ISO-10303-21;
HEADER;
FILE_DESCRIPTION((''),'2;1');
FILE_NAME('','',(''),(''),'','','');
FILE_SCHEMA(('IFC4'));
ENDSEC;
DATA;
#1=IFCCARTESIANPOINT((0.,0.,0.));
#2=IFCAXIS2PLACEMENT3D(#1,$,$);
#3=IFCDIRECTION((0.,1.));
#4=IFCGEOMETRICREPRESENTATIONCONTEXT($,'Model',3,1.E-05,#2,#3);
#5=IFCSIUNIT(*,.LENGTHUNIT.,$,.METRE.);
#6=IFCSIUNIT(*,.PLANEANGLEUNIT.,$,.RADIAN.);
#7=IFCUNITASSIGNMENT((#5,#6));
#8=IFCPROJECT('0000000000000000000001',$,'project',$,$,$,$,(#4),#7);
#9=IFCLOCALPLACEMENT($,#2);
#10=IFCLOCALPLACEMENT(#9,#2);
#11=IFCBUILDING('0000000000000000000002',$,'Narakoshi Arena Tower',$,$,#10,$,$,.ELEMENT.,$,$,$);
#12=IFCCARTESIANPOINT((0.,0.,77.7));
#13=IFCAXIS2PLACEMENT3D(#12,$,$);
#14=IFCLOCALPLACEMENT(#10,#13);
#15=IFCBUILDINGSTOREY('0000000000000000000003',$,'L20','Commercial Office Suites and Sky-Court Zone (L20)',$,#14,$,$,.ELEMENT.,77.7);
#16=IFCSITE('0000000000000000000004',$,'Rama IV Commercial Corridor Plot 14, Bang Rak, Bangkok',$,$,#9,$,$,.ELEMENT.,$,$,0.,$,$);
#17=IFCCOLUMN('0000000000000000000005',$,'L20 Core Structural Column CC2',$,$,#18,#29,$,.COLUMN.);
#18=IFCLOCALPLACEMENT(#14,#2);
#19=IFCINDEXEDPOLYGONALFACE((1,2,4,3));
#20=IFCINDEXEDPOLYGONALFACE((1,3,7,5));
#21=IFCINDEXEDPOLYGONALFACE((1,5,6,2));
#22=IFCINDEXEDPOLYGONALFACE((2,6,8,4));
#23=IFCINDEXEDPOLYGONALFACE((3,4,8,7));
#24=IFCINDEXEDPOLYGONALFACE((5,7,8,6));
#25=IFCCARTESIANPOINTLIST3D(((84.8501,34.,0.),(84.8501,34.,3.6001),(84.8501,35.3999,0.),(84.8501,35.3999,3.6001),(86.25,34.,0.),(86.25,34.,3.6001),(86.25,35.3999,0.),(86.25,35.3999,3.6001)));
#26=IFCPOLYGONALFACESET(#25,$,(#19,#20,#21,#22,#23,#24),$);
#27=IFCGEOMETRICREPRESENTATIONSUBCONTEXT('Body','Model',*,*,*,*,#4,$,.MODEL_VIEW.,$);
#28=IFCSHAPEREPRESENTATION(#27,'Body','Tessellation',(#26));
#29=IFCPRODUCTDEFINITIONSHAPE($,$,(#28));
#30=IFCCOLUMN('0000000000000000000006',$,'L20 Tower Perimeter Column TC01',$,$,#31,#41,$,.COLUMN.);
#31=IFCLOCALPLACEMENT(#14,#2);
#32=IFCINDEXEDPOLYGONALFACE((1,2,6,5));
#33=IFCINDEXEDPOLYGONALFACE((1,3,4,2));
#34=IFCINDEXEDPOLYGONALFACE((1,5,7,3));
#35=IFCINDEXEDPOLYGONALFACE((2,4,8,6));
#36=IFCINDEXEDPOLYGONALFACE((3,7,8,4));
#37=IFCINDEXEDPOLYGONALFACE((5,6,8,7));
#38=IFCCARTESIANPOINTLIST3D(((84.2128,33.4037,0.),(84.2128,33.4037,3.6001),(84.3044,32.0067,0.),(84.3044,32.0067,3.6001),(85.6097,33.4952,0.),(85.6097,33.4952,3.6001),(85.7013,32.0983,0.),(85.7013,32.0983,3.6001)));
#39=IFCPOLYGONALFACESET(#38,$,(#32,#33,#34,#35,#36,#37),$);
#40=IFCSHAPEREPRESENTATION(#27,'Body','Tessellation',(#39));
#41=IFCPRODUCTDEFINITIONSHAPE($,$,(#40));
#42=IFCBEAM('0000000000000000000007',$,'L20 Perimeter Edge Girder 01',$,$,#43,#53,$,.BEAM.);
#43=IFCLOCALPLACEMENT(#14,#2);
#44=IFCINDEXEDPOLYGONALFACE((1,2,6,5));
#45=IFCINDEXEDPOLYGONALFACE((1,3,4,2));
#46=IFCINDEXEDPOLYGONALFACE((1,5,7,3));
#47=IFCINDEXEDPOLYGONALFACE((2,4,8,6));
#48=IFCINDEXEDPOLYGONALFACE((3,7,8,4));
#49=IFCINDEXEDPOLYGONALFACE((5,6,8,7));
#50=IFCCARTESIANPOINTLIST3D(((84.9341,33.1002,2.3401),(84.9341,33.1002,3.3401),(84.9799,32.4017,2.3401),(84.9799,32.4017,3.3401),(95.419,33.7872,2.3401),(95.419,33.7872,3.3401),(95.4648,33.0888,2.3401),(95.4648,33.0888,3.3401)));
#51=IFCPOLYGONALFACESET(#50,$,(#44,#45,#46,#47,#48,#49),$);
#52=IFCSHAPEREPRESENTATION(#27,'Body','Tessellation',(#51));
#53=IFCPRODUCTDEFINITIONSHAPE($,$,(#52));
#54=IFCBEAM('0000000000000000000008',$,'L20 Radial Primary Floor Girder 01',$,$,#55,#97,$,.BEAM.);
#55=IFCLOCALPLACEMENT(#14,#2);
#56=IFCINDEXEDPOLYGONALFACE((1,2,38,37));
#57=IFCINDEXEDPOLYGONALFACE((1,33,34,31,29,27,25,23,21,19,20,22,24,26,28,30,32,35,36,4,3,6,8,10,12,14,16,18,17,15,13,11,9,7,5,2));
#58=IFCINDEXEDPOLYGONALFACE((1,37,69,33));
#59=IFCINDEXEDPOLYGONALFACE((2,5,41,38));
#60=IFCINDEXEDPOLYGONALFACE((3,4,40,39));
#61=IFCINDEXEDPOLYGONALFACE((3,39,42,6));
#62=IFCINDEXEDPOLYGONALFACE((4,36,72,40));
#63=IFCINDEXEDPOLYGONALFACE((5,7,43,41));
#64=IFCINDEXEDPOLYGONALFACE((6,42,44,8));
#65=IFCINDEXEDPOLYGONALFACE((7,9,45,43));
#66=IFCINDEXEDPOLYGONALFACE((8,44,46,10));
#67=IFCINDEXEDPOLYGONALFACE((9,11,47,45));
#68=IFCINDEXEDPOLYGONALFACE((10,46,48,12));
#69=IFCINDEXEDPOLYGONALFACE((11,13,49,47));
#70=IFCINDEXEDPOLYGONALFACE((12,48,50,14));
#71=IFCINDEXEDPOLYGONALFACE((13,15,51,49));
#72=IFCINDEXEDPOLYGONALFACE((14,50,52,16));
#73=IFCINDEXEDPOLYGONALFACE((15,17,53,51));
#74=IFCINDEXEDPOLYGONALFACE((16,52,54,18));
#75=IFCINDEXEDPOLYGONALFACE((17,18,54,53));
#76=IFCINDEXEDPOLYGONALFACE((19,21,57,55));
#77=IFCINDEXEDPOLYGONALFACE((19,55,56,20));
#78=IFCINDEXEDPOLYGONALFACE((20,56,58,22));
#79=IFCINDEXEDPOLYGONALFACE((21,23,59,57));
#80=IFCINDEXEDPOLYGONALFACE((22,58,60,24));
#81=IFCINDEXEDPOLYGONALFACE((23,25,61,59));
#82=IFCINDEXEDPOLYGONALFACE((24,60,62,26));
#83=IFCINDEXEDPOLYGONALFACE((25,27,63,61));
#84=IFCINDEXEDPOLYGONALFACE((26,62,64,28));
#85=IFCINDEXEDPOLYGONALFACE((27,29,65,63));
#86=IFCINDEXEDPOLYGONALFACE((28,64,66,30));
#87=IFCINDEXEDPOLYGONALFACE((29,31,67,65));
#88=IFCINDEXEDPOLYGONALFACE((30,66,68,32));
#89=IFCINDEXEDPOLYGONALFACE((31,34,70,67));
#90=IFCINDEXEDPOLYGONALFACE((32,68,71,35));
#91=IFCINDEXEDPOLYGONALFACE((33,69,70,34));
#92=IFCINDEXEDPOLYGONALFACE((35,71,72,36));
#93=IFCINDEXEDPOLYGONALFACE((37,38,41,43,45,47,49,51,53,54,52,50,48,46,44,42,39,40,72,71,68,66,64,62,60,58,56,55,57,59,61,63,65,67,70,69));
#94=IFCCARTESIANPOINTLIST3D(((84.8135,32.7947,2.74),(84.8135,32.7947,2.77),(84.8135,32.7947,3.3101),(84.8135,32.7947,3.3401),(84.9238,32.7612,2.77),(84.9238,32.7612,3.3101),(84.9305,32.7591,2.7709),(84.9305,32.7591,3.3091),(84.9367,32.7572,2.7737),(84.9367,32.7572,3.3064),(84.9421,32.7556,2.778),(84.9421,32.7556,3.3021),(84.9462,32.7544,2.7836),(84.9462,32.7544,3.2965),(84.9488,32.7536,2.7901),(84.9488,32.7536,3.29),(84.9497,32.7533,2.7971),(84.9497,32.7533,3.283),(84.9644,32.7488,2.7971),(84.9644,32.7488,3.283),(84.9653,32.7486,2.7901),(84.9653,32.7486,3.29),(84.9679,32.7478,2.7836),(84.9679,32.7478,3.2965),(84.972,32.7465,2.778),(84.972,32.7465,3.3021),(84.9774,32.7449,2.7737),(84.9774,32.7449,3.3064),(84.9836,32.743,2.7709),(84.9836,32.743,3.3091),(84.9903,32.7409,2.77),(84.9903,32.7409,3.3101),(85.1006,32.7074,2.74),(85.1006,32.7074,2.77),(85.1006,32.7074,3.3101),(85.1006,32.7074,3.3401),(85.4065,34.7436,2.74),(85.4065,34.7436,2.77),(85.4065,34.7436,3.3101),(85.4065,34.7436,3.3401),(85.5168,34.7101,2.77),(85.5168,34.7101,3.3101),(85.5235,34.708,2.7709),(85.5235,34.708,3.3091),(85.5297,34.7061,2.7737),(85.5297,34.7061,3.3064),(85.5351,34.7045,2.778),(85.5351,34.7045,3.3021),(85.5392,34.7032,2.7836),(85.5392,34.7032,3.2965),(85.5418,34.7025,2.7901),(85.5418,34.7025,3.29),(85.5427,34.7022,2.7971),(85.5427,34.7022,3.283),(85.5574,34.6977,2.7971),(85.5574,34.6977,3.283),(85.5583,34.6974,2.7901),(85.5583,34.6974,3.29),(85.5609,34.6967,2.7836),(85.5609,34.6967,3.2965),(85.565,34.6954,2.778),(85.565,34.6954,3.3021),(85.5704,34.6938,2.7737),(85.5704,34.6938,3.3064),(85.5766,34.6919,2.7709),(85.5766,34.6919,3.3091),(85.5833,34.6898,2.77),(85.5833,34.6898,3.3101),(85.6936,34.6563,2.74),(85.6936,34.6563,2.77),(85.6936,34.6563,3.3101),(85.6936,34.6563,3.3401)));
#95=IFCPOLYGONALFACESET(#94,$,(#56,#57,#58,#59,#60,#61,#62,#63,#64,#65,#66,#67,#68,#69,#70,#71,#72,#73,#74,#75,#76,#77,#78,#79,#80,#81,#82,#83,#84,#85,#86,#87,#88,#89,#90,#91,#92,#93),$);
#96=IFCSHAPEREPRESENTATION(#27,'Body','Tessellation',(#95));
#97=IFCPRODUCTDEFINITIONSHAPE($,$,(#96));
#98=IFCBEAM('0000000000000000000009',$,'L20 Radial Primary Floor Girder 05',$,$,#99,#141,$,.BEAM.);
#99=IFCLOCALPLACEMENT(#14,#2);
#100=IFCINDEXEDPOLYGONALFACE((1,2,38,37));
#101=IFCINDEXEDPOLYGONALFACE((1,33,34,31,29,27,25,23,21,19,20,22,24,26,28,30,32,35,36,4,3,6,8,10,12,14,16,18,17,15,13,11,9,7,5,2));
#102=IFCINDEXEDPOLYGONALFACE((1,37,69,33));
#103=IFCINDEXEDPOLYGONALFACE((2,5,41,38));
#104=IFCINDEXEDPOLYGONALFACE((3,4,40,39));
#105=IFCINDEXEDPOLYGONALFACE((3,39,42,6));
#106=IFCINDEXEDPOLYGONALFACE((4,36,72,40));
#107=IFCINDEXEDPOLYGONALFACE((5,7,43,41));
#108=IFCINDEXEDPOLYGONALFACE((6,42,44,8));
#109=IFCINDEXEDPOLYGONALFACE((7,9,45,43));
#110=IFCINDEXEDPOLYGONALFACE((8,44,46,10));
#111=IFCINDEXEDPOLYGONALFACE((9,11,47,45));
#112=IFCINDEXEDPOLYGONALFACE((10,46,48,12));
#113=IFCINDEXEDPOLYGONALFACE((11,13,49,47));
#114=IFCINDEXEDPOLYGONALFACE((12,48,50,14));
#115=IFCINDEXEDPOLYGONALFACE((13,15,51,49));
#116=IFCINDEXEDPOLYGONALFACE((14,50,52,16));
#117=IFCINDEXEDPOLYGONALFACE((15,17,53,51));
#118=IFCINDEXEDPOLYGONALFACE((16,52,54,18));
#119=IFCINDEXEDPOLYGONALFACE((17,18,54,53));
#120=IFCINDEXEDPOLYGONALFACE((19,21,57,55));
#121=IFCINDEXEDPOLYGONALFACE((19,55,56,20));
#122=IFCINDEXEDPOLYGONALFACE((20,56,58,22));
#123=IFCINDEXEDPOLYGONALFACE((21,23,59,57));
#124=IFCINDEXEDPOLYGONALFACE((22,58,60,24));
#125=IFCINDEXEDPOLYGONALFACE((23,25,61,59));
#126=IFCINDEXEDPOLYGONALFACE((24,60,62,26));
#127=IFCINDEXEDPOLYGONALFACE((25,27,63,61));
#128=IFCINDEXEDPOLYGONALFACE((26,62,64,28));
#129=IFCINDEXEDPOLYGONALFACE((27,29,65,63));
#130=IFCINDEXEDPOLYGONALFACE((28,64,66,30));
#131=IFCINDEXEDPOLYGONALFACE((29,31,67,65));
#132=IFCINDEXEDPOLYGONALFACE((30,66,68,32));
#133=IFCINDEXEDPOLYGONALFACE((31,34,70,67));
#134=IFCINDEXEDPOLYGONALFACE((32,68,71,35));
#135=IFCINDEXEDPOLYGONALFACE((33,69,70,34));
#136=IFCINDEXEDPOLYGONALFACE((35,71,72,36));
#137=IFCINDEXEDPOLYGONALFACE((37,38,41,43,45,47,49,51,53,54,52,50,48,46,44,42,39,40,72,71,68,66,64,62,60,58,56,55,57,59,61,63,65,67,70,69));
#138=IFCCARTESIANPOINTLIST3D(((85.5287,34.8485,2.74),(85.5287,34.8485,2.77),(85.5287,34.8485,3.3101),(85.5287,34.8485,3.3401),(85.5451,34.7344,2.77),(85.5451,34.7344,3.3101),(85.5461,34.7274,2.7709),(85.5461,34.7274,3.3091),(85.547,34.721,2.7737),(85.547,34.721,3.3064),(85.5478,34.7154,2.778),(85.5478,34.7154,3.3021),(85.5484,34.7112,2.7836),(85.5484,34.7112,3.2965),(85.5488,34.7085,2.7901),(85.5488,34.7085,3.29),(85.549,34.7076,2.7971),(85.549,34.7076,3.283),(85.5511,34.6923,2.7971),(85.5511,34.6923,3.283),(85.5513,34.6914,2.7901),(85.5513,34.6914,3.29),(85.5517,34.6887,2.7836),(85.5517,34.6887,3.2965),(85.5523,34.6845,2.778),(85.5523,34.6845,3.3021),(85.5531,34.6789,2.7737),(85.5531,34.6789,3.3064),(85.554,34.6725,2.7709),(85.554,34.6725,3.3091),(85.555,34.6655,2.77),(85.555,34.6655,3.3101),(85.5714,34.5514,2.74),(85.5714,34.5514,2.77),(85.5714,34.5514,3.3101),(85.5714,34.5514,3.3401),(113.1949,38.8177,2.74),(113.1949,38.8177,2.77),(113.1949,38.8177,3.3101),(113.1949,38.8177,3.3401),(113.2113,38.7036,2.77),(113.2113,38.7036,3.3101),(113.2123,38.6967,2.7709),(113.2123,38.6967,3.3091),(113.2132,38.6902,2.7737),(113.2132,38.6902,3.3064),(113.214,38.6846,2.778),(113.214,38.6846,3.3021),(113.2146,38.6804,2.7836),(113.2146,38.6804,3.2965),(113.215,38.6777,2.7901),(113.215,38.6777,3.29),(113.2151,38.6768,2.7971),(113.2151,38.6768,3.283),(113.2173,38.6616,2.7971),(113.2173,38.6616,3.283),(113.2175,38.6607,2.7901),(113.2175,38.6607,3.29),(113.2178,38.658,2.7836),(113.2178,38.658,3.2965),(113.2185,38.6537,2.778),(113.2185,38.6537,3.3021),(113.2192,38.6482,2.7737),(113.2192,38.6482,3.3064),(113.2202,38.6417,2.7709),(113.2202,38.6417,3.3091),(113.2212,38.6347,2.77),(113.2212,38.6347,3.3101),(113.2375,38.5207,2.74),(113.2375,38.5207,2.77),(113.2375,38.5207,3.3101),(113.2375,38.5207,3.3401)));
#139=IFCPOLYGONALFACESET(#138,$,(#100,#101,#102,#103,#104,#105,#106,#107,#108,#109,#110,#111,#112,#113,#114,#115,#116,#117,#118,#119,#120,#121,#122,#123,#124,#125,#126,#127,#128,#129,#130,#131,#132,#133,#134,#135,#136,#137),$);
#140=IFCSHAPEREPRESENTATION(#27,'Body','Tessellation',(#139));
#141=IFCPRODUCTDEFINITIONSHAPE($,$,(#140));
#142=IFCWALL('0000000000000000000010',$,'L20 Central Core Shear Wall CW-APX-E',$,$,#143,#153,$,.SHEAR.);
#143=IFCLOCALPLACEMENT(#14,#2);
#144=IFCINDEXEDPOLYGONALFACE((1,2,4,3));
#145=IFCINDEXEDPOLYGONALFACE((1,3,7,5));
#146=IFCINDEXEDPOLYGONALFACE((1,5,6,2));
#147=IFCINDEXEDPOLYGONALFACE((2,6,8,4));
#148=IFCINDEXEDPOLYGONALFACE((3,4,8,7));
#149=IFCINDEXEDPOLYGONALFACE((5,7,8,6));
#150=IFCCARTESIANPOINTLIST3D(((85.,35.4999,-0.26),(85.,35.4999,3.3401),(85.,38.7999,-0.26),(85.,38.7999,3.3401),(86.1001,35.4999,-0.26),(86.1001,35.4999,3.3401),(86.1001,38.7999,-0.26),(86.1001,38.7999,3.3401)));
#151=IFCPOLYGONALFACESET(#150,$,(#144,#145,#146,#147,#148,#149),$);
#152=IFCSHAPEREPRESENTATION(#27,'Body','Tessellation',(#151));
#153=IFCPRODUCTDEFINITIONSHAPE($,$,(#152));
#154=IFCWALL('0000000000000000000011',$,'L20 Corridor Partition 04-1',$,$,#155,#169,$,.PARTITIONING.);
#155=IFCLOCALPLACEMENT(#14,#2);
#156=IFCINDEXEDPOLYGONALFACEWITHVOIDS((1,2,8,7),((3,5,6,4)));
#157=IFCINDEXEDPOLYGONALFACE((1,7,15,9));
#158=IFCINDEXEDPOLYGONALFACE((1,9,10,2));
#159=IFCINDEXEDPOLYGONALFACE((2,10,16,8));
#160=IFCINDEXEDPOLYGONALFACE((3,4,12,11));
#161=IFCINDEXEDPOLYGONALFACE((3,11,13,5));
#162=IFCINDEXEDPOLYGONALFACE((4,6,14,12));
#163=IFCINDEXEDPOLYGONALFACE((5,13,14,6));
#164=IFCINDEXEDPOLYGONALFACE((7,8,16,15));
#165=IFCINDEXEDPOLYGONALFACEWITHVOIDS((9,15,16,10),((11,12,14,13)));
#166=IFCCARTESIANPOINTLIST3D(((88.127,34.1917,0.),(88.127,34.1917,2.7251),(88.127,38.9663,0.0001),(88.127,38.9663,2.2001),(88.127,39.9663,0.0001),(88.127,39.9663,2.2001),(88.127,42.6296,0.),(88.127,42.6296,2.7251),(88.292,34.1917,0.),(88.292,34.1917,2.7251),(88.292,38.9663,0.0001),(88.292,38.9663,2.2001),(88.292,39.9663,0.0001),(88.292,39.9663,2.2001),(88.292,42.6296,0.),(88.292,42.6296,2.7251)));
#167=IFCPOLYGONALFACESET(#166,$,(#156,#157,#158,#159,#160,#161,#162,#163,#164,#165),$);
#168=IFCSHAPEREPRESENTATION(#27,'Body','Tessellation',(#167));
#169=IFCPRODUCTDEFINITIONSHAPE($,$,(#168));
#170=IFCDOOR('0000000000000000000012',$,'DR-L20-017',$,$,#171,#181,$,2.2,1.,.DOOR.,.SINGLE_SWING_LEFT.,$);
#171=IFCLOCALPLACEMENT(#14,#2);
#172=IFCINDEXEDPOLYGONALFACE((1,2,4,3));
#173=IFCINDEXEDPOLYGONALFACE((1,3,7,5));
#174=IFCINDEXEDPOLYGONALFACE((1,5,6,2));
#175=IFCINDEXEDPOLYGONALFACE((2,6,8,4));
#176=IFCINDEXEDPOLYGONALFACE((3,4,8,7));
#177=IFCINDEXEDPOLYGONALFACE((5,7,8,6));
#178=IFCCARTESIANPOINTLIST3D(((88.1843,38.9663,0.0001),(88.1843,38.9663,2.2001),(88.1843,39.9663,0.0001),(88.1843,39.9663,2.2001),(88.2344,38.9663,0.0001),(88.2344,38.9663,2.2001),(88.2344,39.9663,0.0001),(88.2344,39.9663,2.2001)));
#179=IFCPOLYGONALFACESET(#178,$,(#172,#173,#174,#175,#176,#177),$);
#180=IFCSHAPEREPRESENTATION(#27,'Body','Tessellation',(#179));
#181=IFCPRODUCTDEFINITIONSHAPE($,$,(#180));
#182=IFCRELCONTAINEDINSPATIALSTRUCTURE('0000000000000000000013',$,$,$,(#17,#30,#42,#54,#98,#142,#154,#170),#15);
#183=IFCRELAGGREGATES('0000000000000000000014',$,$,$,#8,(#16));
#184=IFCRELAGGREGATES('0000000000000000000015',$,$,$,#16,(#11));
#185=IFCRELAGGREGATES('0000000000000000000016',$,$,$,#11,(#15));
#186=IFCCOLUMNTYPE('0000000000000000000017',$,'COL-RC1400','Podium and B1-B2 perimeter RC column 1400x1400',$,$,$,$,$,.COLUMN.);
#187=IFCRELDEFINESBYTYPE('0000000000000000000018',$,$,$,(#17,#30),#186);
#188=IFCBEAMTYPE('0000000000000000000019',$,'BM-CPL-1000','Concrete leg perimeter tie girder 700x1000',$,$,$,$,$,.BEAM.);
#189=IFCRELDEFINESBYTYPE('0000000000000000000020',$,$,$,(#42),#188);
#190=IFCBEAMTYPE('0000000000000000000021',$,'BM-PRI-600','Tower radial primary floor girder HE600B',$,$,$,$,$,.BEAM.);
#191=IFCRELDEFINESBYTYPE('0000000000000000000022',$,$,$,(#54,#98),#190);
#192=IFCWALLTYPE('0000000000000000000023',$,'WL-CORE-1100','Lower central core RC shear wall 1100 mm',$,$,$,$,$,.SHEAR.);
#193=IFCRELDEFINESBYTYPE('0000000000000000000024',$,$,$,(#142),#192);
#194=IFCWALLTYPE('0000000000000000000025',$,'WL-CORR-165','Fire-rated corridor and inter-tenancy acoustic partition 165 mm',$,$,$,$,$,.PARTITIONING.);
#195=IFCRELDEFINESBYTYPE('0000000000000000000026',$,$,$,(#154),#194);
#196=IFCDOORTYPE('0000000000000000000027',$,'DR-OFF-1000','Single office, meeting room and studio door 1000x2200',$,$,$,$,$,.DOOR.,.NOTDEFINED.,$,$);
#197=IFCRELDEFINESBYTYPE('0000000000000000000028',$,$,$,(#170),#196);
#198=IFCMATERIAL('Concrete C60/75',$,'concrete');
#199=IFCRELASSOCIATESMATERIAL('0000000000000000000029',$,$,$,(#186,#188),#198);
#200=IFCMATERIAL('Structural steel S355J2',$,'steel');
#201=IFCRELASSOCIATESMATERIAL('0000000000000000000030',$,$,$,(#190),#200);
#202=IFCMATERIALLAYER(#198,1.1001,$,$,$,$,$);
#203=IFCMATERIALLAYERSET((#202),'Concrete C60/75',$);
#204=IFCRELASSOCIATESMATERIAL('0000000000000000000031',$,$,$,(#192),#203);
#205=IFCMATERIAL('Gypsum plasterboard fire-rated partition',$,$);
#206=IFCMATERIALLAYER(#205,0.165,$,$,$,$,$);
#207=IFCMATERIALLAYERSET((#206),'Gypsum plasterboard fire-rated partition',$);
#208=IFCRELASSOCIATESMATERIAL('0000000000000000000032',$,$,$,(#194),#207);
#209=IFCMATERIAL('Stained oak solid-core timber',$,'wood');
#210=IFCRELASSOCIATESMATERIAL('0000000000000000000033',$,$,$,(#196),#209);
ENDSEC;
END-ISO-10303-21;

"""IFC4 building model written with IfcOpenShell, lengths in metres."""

from ifc_helpers import new_model, si_unit, direction, frame, frame_2d, origin, origin_2d, place, context, subcontext, project, spatial, rectangle, i_section, extrude, material, layer, layer_set, material_profile, profile_set, type_object, element, fill, save


model = new_model("IFC4")

# Units and contexts
model_context = context("Model", 3, precision=1e-05, world=origin(), true_north=direction((0.0, 1.0)))
body_context = subcontext(model_context, "Body", "Model", "MODEL_VIEW")
ifc_project = project(units=[si_unit("LENGTHUNIT", "METRE"), si_unit("PLANEANGLEUNIT", "RADIAN")], contexts=[model_context])

# Site, building, storey
site_placement = place(None, origin())
site = spatial("IfcSite", under=ifc_project, at=site_placement, Name="Rama IV Commercial Corridor Plot 14, Bang Rak, Bangkok", CompositionType="ELEMENT", RefElevation=0.0)
building_placement = place(site_placement, origin())
building = spatial("IfcBuilding", under=site, at=building_placement, Name="Narakoshi Arena Tower", CompositionType="ELEMENT")
storey_placement = place(building_placement, frame((0.0, 0.0, 77.7)))
storey = spatial("IfcBuildingStorey", under=building, at=storey_placement, Name="L20", Description="Commercial Office Suites and Sky-Court Zone (L20)", CompositionType="ELEMENT", Elevation=77.7)

# Columns
ifc_material_1 = material(Name="Concrete C60/75", Category="concrete")
ifc_material_profile_1 = material_profile(ifc_material_1, rectangle(XDim=1.3999, YDim=1.3999, at=origin_2d()), Name="RC1400x1400")
ifc_profile_set_1 = profile_set([ifc_material_profile_1], Name="Concrete C60/75")
column_type = type_object("IfcColumnType", Name="COL-RC1400", Description="Podium and B1-B2 perimeter RC column 1400x1400", PredefinedType="COLUMN", material=ifc_profile_set_1)
for number, where, z_axis, x_axis, name in (
    (1, (85.55, 34.7, 0.0), (0.0, 0.0, 1.0), (1.0, 0.0, 0.0), "L20 Core Structural Column CC2"),
    (2, (84.957, 32.751, 0.0), (0.0, 0.0, 1.0), (0.997859, 0.065403, 0.0), "L20 Tower Perimeter Column TC01"),
):
    element("IfcColumn", number, at=place(storey_placement, frame(where, z_axis=z_axis, x_axis=x_axis)), inside=storey, type_object=column_type, Name=name, PredefinedType="COLUMN", context=body_context, shape_type="SweptSolid", body=[
        extrude(rectangle(XDim=1.3999, YDim=1.3999, at=origin_2d()), origin(), (0.0, 0.0, 1.0), 3.6001),
    ])

# Beams
ifc_material_profile_2 = material_profile(ifc_material_1, rectangle(XDim=0.7, YDim=1.0, at=origin_2d()), Name="RCB700x1000")
ifc_profile_set_2 = profile_set([ifc_material_profile_2], Name="Concrete C60/75")
beam_type_1 = type_object("IfcBeamType", Name="BM-CPL-1000", Description="Concrete leg perimeter tie girder 700x1000", PredefinedType="BEAM", material=ifc_profile_set_2)
beam_1_placement = place(storey_placement, frame((84.957, 32.751, 2.8401), z_axis=(0.99786, 0.065384, 0.0), x_axis=(-0.065384, 0.99786, 0.0)))
element("IfcBeam", 3, at=beam_1_placement, inside=storey, type_object=beam_type_1, Name="L20 Perimeter Edge Girder 01", PredefinedType="BEAM", context=body_context, shape_type="SweptSolid", body=[
    extrude(rectangle(XDim=0.7, YDim=1.0, at=origin_2d()), origin(), (0.0, 0.0, 1.0), 10.5073),
])
ifc_material_2 = material(Name="Structural steel S355J2", Category="steel")
ifc_material_profile_3 = material_profile(ifc_material_2, i_section(OverallWidth=0.3, OverallDepth=0.6001, WebThickness=0.0154, FlangeThickness=0.03, FilletRadius=0.0271, at=origin_2d()), Name="HE600B")
ifc_profile_set_3 = profile_set([ifc_material_profile_3], Name="Structural steel S355J2")
beam_type_2 = type_object("IfcBeamType", Name="BM-PRI-600", Description="Tower radial primary floor girder HE600B", PredefinedType="BEAM", material=ifc_profile_set_3)
beam_2_placement = place(storey_placement, frame((85.55, 34.7, 3.04), z_axis=(-0.291095, -0.956694, 0.0), x_axis=(0.956694, -0.291095, 0.0)))
element("IfcBeam", 4, at=beam_2_placement, inside=storey, type_object=beam_type_2, Name="L20 Radial Primary Floor Girder 01", PredefinedType="BEAM", context=body_context, shape_type="SweptSolid", body=[
    extrude(i_section(OverallWidth=0.3, OverallDepth=0.6001, WebThickness=0.0154, FlangeThickness=0.03, FilletRadius=0.0271, at=origin_2d()), origin(), (0.0, 0.0, 1.0), 2.0371),
])
beam_3_placement = place(storey_placement, frame((85.55, 34.7, 3.04), z_axis=(0.989865, 0.142014, 0.0), x_axis=(-0.142014, 0.989865, 0.0)))
element("IfcBeam", 5, at=beam_3_placement, inside=storey, type_object=beam_type_2, Name="L20 Radial Primary Floor Girder 05", PredefinedType="BEAM", context=body_context, shape_type="SweptSolid", body=[
    extrude(i_section(OverallWidth=0.3, OverallDepth=0.6001, WebThickness=0.0154, FlangeThickness=0.03, FilletRadius=0.0271, at=origin_2d()), origin(), (0.0, 0.0, 1.0), 27.9495),
])

# Wall
ifc_layer_1 = layer(ifc_material_1, 1.1001)
ifc_layer_set_1 = layer_set([ifc_layer_1], Name="Concrete C60/75")
wall_type_1 = type_object("IfcWallType", Name="WL-CORE-1100", Description="Lower central core RC shear wall 1100 mm", PredefinedType="SHEAR", material=ifc_layer_set_1)
wall_1_placement = place(storey_placement, frame((85.55, 35.5, -0.26), z_axis=(0.0, 0.0, 1.0), x_axis=(0.0, 1.0, 0.0)))
element("IfcWall", 6, at=wall_1_placement, inside=storey, type_object=wall_type_1, Name="L20 Central Core Shear Wall CW-APX-E", PredefinedType="SHEAR", context=body_context, shape_type="SweptSolid", body=[
    extrude(rectangle(XDim=3.3, YDim=1.1001, at=frame_2d((1.6499, 0.0))), origin(), (0.0, 0.0, 1.0), 3.6001),
])

# Wall, opening, door
ifc_material_3 = material(Name="Gypsum plasterboard fire-rated partition")
ifc_layer_2 = layer(ifc_material_3, 0.165)
ifc_layer_set_2 = layer_set([ifc_layer_2], Name="Gypsum plasterboard fire-rated partition")
wall_type_2 = type_object("IfcWallType", Name="WL-CORR-165", Description="Fire-rated corridor and inter-tenancy acoustic partition 165 mm", PredefinedType="PARTITIONING", material=ifc_layer_set_2)
wall_2_placement = place(storey_placement, frame((88.2095, 34.1917, 0.0), z_axis=(0.0, 0.0, 1.0), x_axis=(0.0, 1.0, 0.0)))
wall_2 = element("IfcWall", 7, at=wall_2_placement, inside=storey, type_object=wall_type_2, Name="L20 Corridor Partition 04-1", PredefinedType="PARTITIONING", context=body_context, shape_type="SweptSolid", body=[
    extrude(rectangle(XDim=8.438, YDim=0.165, at=frame_2d((4.219, 0.0))), origin(), (0.0, 0.0, 1.0), 2.7251),
])
opening_1_placement = place(wall_2_placement, frame((4.7747, 0.0, 0.0)))
opening_1 = element("IfcOpeningElement", 8, at=opening_1_placement, cuts=wall_2, PredefinedType="OPENING", context=body_context, shape_type="SweptSolid", body=[
    extrude(rectangle(XDim=1.0, YDim=2.2, at=frame_2d((0.5, 1.1001))), frame((0.0, 0.0925, 0.0), z_axis=(0.0, -1.0, 0.0), x_axis=(1.0, 0.0, 0.0)), (0.0, 0.0, 1.0), 0.1851),
])
ifc_material_4 = material(Name="Stained oak solid-core timber", Category="wood")
door_type_1 = type_object("IfcDoorType", Name="DR-OFF-1000", Description="Single office, meeting room and studio door 1000x2200", OperationType="NOTDEFINED", PredefinedType="DOOR", material=ifc_material_4)
door_1_placement = place(opening_1_placement, frame((1.0, 0.0, 0.0), z_axis=(0.0, 0.0, 1.0), x_axis=(-1.0, 0.0, 0.0)))
door_1 = element("IfcDoor", 9, at=door_1_placement, inside=storey, type_object=door_type_1, Name="DR-L20-017", OperationType="SINGLE_SWING_LEFT", OverallHeight=2.2, OverallWidth=1.0, PredefinedType="DOOR", context=body_context, shape_type="SweptSolid", body=[
    extrude(rectangle(XDim=1.0, YDim=2.2, at=frame_2d((0.5, 1.1001))), frame((0.0, 0.0249, 0.0), z_axis=(0.0, -1.0, 0.0), x_axis=(1.0, 0.0, 0.0)), (0.0, 0.0, 1.0), 0.05),
])
fill(opening_1, door_1)

save(model, "model.ifc")
